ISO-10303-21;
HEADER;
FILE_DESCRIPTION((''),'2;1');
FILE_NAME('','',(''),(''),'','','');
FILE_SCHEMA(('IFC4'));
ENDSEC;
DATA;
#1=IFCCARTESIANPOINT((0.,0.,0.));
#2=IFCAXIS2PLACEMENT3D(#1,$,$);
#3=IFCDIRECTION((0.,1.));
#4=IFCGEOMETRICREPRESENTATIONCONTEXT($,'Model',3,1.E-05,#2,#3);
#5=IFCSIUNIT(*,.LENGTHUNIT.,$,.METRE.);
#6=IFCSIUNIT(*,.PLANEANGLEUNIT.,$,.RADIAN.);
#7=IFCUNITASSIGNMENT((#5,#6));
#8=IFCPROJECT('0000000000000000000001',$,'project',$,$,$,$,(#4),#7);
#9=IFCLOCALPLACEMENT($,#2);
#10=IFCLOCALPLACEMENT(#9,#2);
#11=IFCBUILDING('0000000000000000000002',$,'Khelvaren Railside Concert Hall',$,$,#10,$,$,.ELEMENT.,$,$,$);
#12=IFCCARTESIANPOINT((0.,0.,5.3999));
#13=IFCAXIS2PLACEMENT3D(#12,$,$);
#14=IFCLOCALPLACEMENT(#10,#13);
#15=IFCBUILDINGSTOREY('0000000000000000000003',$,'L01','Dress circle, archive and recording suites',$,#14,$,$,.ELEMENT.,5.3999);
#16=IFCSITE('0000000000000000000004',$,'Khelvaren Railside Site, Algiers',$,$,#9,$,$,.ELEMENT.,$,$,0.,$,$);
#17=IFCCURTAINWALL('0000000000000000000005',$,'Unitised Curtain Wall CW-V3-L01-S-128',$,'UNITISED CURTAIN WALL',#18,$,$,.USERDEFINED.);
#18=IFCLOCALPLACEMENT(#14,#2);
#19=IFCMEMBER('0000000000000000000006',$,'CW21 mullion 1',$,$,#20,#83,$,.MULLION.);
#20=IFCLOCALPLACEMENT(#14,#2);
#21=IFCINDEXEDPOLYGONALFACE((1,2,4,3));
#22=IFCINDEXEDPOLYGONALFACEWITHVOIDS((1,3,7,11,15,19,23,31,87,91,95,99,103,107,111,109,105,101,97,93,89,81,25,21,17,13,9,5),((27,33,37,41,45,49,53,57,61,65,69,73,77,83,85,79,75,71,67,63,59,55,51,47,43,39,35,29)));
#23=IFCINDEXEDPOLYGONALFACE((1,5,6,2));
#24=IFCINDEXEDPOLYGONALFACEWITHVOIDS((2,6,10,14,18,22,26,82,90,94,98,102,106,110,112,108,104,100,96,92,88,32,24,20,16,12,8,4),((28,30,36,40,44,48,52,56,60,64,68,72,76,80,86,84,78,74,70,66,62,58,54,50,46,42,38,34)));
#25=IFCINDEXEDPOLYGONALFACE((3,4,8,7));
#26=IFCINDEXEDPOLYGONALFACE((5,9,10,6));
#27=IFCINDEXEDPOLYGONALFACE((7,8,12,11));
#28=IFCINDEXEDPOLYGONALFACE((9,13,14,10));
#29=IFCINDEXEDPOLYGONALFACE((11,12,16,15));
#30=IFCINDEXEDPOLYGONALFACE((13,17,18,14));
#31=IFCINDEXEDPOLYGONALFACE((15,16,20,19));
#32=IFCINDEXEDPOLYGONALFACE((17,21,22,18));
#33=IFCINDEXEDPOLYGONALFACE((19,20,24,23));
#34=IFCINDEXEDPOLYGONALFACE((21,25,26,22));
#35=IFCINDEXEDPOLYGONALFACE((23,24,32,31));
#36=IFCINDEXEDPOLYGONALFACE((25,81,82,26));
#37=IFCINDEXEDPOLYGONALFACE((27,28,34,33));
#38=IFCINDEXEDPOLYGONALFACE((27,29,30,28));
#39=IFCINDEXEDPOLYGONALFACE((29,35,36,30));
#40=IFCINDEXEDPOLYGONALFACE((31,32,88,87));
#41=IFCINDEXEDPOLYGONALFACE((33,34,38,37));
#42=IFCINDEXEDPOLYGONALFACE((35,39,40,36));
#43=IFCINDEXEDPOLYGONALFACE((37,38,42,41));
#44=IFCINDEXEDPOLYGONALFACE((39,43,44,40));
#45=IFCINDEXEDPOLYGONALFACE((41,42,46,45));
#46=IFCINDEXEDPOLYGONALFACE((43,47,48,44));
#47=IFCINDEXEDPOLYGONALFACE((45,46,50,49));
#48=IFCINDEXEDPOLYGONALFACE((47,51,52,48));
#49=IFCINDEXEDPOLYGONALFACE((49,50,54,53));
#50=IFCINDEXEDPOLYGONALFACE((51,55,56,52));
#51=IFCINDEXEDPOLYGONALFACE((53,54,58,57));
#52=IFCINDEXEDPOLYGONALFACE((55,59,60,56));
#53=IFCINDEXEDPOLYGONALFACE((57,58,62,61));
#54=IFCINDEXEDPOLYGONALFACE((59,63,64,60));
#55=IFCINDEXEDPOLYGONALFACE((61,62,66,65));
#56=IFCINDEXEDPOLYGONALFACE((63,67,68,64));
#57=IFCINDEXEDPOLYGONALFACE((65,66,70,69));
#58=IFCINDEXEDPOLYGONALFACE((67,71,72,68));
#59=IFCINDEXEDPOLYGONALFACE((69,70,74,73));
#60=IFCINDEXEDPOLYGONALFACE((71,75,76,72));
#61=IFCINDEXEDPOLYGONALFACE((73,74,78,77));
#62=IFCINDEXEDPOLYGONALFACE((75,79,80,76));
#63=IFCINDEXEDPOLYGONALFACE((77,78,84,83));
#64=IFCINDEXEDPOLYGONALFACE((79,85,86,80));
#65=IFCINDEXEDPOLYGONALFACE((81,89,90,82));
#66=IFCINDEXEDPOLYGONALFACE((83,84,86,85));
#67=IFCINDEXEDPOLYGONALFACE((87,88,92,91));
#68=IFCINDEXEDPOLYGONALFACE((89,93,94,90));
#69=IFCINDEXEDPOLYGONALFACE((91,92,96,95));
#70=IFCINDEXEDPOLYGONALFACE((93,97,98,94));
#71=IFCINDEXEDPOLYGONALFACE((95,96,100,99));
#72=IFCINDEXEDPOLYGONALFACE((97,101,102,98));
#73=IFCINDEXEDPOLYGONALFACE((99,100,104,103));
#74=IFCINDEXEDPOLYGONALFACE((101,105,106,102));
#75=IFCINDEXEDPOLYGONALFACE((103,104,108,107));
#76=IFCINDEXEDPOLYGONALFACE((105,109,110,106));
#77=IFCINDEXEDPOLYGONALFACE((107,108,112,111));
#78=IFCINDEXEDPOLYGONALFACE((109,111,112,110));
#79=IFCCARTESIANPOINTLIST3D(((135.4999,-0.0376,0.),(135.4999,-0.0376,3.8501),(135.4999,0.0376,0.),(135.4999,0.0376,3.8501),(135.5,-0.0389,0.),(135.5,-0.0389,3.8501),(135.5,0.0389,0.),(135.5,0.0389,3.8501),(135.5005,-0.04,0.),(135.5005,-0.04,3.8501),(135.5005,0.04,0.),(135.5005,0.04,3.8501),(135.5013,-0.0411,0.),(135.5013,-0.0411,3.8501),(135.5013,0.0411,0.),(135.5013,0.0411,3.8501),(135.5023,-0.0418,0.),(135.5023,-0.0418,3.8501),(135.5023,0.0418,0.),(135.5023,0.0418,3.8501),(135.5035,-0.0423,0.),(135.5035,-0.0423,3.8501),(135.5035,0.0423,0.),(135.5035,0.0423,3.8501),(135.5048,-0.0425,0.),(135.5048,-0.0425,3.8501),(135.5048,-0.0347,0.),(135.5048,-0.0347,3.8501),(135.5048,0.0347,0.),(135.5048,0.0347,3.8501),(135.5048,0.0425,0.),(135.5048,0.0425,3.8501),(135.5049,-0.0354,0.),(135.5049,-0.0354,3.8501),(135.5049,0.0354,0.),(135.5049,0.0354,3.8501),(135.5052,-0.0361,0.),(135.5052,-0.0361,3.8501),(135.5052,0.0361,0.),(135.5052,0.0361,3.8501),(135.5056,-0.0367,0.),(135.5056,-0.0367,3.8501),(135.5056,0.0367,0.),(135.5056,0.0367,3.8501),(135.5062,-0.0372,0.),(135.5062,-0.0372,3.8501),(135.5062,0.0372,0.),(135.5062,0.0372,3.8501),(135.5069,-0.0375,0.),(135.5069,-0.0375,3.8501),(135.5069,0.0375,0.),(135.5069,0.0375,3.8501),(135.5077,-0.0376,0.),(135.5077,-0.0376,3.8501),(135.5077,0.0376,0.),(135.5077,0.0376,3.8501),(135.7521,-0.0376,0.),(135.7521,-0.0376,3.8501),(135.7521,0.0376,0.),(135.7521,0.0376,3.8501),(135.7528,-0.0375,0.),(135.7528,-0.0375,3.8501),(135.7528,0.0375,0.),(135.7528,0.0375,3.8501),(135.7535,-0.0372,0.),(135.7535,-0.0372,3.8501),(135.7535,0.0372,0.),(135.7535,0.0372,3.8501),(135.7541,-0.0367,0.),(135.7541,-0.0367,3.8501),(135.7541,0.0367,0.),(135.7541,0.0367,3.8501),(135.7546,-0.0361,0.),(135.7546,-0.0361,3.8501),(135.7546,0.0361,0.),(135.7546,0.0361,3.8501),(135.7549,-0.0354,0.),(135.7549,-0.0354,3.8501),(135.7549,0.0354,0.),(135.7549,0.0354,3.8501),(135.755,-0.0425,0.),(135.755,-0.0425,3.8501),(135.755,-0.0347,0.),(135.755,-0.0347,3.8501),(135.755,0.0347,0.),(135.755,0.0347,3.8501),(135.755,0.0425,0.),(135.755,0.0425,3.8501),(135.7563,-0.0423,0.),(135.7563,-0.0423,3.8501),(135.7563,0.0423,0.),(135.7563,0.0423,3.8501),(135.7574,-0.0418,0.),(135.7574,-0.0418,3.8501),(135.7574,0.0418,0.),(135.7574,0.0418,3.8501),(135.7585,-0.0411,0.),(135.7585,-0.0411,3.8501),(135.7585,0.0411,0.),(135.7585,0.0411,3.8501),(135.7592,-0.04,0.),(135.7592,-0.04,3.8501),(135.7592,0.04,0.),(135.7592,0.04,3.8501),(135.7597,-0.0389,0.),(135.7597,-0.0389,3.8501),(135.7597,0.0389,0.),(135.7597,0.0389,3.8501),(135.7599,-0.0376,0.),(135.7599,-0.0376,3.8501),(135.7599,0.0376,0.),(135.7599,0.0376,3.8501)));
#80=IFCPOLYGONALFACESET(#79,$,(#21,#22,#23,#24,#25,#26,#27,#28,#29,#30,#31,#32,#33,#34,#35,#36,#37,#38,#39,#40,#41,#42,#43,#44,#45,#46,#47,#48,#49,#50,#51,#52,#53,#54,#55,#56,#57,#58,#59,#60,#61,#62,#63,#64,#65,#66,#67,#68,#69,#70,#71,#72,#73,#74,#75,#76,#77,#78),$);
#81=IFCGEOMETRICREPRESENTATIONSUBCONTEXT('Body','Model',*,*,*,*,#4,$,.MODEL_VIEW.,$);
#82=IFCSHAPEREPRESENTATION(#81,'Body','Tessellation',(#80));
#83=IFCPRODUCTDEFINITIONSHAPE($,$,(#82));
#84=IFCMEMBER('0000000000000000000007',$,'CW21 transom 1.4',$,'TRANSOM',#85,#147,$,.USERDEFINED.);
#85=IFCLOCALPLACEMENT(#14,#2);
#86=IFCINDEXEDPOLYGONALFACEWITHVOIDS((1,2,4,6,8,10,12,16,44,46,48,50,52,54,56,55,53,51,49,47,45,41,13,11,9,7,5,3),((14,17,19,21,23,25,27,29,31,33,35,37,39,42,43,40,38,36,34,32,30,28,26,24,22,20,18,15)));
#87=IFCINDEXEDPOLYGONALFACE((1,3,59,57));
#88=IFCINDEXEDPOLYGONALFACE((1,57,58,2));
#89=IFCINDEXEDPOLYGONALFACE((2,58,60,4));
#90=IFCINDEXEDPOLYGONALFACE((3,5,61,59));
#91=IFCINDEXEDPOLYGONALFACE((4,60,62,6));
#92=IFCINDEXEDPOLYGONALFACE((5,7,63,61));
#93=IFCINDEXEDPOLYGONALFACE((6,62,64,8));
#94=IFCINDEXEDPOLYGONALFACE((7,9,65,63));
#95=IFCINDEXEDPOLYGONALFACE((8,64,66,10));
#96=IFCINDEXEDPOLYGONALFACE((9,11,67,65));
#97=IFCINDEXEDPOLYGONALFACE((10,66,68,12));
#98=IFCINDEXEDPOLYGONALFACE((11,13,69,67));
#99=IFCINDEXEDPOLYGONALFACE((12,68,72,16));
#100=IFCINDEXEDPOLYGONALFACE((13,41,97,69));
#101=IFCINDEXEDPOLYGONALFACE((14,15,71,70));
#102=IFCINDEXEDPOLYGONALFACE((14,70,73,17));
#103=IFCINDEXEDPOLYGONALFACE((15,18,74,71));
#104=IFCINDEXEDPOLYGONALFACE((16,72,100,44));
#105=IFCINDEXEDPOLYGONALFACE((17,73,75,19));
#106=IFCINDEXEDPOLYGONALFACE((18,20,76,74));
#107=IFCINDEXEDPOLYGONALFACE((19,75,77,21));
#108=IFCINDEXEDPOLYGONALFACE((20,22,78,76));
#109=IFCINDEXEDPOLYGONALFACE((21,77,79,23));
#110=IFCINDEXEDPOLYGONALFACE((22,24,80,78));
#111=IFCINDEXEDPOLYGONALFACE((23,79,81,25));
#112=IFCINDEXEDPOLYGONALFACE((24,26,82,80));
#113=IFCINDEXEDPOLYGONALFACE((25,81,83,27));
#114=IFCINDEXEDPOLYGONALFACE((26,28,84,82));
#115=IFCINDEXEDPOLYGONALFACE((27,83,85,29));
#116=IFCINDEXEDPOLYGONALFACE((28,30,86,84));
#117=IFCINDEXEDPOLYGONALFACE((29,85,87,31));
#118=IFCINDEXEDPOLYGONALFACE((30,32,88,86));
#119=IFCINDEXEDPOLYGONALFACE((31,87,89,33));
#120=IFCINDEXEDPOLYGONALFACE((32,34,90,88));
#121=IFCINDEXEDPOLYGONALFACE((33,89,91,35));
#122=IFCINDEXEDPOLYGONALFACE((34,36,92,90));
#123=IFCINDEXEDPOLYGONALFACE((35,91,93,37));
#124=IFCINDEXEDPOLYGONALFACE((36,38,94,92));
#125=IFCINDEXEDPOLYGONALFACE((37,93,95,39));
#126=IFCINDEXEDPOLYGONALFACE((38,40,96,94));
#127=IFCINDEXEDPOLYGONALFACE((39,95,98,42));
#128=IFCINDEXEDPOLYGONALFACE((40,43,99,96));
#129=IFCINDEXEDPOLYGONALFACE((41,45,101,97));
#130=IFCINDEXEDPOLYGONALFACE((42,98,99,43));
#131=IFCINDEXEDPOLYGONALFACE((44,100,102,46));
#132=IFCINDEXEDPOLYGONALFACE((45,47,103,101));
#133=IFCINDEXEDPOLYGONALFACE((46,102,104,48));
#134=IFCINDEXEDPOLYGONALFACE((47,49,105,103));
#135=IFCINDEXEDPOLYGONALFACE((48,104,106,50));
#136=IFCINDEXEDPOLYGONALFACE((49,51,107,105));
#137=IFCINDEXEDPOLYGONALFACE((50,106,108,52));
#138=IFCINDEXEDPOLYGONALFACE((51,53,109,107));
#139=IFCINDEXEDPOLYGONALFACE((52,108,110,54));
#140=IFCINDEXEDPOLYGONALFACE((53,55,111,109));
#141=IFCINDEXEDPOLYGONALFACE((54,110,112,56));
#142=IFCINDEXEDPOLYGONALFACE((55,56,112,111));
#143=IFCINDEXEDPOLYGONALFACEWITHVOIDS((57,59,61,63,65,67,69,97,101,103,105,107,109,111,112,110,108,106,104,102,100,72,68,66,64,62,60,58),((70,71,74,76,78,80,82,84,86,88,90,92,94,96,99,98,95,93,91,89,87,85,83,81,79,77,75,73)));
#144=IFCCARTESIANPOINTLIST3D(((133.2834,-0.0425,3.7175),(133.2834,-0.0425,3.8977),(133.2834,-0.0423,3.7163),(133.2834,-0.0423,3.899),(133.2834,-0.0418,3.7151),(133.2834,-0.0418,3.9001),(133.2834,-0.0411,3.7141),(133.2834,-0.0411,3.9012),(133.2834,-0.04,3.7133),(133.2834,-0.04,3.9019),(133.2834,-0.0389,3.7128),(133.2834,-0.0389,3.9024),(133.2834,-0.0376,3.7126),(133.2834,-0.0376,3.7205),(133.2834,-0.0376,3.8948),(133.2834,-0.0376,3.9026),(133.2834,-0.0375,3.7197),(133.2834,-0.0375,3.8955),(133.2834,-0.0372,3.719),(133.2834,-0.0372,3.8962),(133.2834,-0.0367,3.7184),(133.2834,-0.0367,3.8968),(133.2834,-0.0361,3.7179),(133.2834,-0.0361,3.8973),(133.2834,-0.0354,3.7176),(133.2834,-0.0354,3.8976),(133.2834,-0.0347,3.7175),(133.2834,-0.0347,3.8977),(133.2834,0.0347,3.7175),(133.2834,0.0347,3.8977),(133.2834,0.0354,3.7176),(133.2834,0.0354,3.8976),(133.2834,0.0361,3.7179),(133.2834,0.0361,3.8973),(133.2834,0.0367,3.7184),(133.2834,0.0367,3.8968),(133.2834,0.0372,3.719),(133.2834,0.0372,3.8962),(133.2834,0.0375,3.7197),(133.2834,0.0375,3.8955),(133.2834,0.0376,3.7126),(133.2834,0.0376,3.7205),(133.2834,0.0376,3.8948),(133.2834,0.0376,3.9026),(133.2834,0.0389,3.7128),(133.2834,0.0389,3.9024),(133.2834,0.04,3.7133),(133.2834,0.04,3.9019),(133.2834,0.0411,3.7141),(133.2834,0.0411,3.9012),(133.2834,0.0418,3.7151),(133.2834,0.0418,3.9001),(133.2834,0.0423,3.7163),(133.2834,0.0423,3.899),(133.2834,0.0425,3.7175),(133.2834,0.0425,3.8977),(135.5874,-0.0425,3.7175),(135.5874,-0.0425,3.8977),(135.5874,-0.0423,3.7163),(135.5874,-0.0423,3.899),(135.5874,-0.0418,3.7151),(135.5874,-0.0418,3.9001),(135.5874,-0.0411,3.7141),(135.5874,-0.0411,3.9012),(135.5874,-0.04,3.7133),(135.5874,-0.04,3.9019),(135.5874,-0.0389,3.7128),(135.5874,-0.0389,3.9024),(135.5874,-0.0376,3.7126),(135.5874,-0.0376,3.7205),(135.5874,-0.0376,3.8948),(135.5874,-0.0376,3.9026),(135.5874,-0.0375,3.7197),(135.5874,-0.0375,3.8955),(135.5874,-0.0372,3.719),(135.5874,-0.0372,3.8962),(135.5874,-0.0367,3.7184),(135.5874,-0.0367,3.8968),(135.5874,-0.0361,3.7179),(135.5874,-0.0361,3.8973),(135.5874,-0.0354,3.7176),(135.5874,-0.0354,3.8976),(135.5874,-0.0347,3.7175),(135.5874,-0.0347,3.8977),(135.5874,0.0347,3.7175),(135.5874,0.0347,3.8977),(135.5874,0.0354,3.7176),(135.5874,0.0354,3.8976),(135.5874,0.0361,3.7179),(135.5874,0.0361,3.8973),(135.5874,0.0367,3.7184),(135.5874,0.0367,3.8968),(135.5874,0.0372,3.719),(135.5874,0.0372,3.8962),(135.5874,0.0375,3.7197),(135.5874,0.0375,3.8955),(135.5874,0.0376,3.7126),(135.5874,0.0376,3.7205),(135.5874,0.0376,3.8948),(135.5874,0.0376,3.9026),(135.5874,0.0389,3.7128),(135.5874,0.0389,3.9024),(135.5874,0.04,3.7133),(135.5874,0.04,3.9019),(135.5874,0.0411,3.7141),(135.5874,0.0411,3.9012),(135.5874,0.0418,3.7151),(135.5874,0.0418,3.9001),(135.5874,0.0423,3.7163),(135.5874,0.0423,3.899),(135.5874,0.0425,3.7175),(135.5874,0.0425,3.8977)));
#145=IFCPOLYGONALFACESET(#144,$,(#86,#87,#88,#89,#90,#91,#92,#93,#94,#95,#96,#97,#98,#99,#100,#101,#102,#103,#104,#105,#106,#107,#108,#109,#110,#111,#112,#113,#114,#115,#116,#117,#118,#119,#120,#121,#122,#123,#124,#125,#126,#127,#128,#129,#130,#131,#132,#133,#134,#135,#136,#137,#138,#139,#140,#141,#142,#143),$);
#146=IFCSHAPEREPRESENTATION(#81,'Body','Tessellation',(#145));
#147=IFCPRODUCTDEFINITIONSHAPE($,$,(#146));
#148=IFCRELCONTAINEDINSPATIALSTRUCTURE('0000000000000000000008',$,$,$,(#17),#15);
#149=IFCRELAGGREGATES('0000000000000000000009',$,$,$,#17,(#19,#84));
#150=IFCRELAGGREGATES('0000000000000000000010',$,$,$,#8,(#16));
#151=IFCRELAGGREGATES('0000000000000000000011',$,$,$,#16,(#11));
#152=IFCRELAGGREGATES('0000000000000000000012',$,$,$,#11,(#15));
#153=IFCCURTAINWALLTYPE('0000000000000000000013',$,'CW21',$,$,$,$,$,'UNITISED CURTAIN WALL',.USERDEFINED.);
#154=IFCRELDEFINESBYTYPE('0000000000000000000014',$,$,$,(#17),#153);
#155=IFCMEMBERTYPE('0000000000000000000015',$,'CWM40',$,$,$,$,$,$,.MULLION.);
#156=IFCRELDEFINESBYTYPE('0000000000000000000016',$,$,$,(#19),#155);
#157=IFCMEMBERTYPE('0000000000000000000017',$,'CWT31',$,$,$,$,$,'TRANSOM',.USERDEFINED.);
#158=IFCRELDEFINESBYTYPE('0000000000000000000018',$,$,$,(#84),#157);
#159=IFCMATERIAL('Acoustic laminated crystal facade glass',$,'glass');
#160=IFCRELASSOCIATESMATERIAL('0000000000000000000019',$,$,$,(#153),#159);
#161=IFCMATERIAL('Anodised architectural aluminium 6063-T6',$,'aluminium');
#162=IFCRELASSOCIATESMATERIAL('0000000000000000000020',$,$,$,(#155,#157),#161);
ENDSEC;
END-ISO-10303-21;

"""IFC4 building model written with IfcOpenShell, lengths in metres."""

from ifc_helpers import new_model, si_unit, direction, frame, origin, origin_2d, place, context, subcontext, project, spatial, hollow_rectangle, extrude, material, material_profile, profile_set, type_object, element, aggregate, save


model = new_model("IFC4")

# Units and contexts
model_context = context("Model", 3, precision=1e-05, world=origin(), true_north=direction((0.0, 1.0)))
body_context = subcontext(model_context, "Body", "Model", "MODEL_VIEW")
ifc_project = project(units=[si_unit("LENGTHUNIT", "METRE"), si_unit("PLANEANGLEUNIT", "RADIAN")], contexts=[model_context])

# Site, building, storey
site_placement = place(None, origin())
site = spatial("IfcSite", under=ifc_project, at=site_placement, Name="Khelvaren Railside Site, Algiers", CompositionType="ELEMENT", RefElevation=0.0)
building_placement = place(site_placement, origin())
building = spatial("IfcBuilding", under=site, at=building_placement, Name="Khelvaren Railside Concert Hall", CompositionType="ELEMENT")
storey_placement = place(building_placement, frame((0.0, 0.0, 5.3999)))
storey = spatial("IfcBuildingStorey", under=building, at=storey_placement, Name="L01", Description="Dress circle, archive and recording suites", CompositionType="ELEMENT", Elevation=5.3999)

# Curtain wall, members
ifc_material_1 = material(Name="Anodised architectural aluminium 6063-T6", Category="aluminium")
ifc_material_2 = material(Name="Acoustic laminated crystal facade glass", Category="glass")
curtain_wall_type_1 = type_object("IfcCurtainWallType", Name="CW21", ElementType="UNITISED CURTAIN WALL", PredefinedType="USERDEFINED", material=ifc_material_2)
curtain_wall_1_placement = place(storey_placement, origin())
curtain_wall_1 = element("IfcCurtainWall", 1, at=curtain_wall_1_placement, inside=storey, type_object=curtain_wall_type_1, Name="Unitised Curtain Wall CW-V3-L01-S-128", ObjectType="UNITISED CURTAIN WALL", PredefinedType="USERDEFINED")
ifc_material_profile_1 = material_profile(ifc_material_1, hollow_rectangle(XDim=0.085, YDim=0.26, WallThickness=0.0049, InnerFilletRadius=0.0029, OuterFilletRadius=0.0049, at=origin_2d()), Name="CWM 85x260x5")
ifc_profile_set_1 = profile_set([ifc_material_profile_1], Name="Anodised architectural aluminium 6063-T6")
member_type_1 = type_object("IfcMemberType", Name="CWM40", PredefinedType="MULLION", material=ifc_profile_set_1)
member_1_placement = place(storey_placement, frame((135.6299, 0.0, 0.0), z_axis=(0.0, 0.0, 1.0), x_axis=(0.0, -1.0, 0.0)))
member_1 = element("IfcMember", 2, at=member_1_placement, type_object=member_type_1, Name="CW21 mullion 1", PredefinedType="MULLION", context=body_context, shape_type="SweptSolid", body=[
    extrude(hollow_rectangle(XDim=0.085, YDim=0.26, WallThickness=0.0049, InnerFilletRadius=0.0029, OuterFilletRadius=0.0049, at=origin_2d()), origin(), (0.0, 0.0, 1.0), 3.8501),
])
ifc_material_profile_2 = material_profile(ifc_material_1, hollow_rectangle(XDim=0.085, YDim=0.1899, WallThickness=0.0049, InnerFilletRadius=0.0029, OuterFilletRadius=0.0049, at=origin_2d()), Name="CWT 85x190x5")
ifc_profile_set_2 = profile_set([ifc_material_profile_2], Name="Anodised architectural aluminium 6063-T6")
member_type_2 = type_object("IfcMemberType", Name="CWT31", ElementType="TRANSOM", PredefinedType="USERDEFINED", material=ifc_profile_set_2)
member_2_placement = place(storey_placement, frame((135.5874, 0.0, 3.8076), z_axis=(-1.0, 0.0, 0.0), x_axis=(0.0, -1.0, 0.0)))
member_2 = element("IfcMember", 3, at=member_2_placement, type_object=member_type_2, Name="CW21 transom 1.4", ObjectType="TRANSOM", PredefinedType="USERDEFINED", context=body_context, shape_type="SweptSolid", body=[
    extrude(hollow_rectangle(XDim=0.085, YDim=0.1899, WallThickness=0.0049, InnerFilletRadius=0.0029, OuterFilletRadius=0.0049, at=origin_2d()), origin(), (0.0, 0.0, 1.0), 2.304),
])
aggregate(curtain_wall_1, [member_1, member_2])

save(model, "model.ifc")
